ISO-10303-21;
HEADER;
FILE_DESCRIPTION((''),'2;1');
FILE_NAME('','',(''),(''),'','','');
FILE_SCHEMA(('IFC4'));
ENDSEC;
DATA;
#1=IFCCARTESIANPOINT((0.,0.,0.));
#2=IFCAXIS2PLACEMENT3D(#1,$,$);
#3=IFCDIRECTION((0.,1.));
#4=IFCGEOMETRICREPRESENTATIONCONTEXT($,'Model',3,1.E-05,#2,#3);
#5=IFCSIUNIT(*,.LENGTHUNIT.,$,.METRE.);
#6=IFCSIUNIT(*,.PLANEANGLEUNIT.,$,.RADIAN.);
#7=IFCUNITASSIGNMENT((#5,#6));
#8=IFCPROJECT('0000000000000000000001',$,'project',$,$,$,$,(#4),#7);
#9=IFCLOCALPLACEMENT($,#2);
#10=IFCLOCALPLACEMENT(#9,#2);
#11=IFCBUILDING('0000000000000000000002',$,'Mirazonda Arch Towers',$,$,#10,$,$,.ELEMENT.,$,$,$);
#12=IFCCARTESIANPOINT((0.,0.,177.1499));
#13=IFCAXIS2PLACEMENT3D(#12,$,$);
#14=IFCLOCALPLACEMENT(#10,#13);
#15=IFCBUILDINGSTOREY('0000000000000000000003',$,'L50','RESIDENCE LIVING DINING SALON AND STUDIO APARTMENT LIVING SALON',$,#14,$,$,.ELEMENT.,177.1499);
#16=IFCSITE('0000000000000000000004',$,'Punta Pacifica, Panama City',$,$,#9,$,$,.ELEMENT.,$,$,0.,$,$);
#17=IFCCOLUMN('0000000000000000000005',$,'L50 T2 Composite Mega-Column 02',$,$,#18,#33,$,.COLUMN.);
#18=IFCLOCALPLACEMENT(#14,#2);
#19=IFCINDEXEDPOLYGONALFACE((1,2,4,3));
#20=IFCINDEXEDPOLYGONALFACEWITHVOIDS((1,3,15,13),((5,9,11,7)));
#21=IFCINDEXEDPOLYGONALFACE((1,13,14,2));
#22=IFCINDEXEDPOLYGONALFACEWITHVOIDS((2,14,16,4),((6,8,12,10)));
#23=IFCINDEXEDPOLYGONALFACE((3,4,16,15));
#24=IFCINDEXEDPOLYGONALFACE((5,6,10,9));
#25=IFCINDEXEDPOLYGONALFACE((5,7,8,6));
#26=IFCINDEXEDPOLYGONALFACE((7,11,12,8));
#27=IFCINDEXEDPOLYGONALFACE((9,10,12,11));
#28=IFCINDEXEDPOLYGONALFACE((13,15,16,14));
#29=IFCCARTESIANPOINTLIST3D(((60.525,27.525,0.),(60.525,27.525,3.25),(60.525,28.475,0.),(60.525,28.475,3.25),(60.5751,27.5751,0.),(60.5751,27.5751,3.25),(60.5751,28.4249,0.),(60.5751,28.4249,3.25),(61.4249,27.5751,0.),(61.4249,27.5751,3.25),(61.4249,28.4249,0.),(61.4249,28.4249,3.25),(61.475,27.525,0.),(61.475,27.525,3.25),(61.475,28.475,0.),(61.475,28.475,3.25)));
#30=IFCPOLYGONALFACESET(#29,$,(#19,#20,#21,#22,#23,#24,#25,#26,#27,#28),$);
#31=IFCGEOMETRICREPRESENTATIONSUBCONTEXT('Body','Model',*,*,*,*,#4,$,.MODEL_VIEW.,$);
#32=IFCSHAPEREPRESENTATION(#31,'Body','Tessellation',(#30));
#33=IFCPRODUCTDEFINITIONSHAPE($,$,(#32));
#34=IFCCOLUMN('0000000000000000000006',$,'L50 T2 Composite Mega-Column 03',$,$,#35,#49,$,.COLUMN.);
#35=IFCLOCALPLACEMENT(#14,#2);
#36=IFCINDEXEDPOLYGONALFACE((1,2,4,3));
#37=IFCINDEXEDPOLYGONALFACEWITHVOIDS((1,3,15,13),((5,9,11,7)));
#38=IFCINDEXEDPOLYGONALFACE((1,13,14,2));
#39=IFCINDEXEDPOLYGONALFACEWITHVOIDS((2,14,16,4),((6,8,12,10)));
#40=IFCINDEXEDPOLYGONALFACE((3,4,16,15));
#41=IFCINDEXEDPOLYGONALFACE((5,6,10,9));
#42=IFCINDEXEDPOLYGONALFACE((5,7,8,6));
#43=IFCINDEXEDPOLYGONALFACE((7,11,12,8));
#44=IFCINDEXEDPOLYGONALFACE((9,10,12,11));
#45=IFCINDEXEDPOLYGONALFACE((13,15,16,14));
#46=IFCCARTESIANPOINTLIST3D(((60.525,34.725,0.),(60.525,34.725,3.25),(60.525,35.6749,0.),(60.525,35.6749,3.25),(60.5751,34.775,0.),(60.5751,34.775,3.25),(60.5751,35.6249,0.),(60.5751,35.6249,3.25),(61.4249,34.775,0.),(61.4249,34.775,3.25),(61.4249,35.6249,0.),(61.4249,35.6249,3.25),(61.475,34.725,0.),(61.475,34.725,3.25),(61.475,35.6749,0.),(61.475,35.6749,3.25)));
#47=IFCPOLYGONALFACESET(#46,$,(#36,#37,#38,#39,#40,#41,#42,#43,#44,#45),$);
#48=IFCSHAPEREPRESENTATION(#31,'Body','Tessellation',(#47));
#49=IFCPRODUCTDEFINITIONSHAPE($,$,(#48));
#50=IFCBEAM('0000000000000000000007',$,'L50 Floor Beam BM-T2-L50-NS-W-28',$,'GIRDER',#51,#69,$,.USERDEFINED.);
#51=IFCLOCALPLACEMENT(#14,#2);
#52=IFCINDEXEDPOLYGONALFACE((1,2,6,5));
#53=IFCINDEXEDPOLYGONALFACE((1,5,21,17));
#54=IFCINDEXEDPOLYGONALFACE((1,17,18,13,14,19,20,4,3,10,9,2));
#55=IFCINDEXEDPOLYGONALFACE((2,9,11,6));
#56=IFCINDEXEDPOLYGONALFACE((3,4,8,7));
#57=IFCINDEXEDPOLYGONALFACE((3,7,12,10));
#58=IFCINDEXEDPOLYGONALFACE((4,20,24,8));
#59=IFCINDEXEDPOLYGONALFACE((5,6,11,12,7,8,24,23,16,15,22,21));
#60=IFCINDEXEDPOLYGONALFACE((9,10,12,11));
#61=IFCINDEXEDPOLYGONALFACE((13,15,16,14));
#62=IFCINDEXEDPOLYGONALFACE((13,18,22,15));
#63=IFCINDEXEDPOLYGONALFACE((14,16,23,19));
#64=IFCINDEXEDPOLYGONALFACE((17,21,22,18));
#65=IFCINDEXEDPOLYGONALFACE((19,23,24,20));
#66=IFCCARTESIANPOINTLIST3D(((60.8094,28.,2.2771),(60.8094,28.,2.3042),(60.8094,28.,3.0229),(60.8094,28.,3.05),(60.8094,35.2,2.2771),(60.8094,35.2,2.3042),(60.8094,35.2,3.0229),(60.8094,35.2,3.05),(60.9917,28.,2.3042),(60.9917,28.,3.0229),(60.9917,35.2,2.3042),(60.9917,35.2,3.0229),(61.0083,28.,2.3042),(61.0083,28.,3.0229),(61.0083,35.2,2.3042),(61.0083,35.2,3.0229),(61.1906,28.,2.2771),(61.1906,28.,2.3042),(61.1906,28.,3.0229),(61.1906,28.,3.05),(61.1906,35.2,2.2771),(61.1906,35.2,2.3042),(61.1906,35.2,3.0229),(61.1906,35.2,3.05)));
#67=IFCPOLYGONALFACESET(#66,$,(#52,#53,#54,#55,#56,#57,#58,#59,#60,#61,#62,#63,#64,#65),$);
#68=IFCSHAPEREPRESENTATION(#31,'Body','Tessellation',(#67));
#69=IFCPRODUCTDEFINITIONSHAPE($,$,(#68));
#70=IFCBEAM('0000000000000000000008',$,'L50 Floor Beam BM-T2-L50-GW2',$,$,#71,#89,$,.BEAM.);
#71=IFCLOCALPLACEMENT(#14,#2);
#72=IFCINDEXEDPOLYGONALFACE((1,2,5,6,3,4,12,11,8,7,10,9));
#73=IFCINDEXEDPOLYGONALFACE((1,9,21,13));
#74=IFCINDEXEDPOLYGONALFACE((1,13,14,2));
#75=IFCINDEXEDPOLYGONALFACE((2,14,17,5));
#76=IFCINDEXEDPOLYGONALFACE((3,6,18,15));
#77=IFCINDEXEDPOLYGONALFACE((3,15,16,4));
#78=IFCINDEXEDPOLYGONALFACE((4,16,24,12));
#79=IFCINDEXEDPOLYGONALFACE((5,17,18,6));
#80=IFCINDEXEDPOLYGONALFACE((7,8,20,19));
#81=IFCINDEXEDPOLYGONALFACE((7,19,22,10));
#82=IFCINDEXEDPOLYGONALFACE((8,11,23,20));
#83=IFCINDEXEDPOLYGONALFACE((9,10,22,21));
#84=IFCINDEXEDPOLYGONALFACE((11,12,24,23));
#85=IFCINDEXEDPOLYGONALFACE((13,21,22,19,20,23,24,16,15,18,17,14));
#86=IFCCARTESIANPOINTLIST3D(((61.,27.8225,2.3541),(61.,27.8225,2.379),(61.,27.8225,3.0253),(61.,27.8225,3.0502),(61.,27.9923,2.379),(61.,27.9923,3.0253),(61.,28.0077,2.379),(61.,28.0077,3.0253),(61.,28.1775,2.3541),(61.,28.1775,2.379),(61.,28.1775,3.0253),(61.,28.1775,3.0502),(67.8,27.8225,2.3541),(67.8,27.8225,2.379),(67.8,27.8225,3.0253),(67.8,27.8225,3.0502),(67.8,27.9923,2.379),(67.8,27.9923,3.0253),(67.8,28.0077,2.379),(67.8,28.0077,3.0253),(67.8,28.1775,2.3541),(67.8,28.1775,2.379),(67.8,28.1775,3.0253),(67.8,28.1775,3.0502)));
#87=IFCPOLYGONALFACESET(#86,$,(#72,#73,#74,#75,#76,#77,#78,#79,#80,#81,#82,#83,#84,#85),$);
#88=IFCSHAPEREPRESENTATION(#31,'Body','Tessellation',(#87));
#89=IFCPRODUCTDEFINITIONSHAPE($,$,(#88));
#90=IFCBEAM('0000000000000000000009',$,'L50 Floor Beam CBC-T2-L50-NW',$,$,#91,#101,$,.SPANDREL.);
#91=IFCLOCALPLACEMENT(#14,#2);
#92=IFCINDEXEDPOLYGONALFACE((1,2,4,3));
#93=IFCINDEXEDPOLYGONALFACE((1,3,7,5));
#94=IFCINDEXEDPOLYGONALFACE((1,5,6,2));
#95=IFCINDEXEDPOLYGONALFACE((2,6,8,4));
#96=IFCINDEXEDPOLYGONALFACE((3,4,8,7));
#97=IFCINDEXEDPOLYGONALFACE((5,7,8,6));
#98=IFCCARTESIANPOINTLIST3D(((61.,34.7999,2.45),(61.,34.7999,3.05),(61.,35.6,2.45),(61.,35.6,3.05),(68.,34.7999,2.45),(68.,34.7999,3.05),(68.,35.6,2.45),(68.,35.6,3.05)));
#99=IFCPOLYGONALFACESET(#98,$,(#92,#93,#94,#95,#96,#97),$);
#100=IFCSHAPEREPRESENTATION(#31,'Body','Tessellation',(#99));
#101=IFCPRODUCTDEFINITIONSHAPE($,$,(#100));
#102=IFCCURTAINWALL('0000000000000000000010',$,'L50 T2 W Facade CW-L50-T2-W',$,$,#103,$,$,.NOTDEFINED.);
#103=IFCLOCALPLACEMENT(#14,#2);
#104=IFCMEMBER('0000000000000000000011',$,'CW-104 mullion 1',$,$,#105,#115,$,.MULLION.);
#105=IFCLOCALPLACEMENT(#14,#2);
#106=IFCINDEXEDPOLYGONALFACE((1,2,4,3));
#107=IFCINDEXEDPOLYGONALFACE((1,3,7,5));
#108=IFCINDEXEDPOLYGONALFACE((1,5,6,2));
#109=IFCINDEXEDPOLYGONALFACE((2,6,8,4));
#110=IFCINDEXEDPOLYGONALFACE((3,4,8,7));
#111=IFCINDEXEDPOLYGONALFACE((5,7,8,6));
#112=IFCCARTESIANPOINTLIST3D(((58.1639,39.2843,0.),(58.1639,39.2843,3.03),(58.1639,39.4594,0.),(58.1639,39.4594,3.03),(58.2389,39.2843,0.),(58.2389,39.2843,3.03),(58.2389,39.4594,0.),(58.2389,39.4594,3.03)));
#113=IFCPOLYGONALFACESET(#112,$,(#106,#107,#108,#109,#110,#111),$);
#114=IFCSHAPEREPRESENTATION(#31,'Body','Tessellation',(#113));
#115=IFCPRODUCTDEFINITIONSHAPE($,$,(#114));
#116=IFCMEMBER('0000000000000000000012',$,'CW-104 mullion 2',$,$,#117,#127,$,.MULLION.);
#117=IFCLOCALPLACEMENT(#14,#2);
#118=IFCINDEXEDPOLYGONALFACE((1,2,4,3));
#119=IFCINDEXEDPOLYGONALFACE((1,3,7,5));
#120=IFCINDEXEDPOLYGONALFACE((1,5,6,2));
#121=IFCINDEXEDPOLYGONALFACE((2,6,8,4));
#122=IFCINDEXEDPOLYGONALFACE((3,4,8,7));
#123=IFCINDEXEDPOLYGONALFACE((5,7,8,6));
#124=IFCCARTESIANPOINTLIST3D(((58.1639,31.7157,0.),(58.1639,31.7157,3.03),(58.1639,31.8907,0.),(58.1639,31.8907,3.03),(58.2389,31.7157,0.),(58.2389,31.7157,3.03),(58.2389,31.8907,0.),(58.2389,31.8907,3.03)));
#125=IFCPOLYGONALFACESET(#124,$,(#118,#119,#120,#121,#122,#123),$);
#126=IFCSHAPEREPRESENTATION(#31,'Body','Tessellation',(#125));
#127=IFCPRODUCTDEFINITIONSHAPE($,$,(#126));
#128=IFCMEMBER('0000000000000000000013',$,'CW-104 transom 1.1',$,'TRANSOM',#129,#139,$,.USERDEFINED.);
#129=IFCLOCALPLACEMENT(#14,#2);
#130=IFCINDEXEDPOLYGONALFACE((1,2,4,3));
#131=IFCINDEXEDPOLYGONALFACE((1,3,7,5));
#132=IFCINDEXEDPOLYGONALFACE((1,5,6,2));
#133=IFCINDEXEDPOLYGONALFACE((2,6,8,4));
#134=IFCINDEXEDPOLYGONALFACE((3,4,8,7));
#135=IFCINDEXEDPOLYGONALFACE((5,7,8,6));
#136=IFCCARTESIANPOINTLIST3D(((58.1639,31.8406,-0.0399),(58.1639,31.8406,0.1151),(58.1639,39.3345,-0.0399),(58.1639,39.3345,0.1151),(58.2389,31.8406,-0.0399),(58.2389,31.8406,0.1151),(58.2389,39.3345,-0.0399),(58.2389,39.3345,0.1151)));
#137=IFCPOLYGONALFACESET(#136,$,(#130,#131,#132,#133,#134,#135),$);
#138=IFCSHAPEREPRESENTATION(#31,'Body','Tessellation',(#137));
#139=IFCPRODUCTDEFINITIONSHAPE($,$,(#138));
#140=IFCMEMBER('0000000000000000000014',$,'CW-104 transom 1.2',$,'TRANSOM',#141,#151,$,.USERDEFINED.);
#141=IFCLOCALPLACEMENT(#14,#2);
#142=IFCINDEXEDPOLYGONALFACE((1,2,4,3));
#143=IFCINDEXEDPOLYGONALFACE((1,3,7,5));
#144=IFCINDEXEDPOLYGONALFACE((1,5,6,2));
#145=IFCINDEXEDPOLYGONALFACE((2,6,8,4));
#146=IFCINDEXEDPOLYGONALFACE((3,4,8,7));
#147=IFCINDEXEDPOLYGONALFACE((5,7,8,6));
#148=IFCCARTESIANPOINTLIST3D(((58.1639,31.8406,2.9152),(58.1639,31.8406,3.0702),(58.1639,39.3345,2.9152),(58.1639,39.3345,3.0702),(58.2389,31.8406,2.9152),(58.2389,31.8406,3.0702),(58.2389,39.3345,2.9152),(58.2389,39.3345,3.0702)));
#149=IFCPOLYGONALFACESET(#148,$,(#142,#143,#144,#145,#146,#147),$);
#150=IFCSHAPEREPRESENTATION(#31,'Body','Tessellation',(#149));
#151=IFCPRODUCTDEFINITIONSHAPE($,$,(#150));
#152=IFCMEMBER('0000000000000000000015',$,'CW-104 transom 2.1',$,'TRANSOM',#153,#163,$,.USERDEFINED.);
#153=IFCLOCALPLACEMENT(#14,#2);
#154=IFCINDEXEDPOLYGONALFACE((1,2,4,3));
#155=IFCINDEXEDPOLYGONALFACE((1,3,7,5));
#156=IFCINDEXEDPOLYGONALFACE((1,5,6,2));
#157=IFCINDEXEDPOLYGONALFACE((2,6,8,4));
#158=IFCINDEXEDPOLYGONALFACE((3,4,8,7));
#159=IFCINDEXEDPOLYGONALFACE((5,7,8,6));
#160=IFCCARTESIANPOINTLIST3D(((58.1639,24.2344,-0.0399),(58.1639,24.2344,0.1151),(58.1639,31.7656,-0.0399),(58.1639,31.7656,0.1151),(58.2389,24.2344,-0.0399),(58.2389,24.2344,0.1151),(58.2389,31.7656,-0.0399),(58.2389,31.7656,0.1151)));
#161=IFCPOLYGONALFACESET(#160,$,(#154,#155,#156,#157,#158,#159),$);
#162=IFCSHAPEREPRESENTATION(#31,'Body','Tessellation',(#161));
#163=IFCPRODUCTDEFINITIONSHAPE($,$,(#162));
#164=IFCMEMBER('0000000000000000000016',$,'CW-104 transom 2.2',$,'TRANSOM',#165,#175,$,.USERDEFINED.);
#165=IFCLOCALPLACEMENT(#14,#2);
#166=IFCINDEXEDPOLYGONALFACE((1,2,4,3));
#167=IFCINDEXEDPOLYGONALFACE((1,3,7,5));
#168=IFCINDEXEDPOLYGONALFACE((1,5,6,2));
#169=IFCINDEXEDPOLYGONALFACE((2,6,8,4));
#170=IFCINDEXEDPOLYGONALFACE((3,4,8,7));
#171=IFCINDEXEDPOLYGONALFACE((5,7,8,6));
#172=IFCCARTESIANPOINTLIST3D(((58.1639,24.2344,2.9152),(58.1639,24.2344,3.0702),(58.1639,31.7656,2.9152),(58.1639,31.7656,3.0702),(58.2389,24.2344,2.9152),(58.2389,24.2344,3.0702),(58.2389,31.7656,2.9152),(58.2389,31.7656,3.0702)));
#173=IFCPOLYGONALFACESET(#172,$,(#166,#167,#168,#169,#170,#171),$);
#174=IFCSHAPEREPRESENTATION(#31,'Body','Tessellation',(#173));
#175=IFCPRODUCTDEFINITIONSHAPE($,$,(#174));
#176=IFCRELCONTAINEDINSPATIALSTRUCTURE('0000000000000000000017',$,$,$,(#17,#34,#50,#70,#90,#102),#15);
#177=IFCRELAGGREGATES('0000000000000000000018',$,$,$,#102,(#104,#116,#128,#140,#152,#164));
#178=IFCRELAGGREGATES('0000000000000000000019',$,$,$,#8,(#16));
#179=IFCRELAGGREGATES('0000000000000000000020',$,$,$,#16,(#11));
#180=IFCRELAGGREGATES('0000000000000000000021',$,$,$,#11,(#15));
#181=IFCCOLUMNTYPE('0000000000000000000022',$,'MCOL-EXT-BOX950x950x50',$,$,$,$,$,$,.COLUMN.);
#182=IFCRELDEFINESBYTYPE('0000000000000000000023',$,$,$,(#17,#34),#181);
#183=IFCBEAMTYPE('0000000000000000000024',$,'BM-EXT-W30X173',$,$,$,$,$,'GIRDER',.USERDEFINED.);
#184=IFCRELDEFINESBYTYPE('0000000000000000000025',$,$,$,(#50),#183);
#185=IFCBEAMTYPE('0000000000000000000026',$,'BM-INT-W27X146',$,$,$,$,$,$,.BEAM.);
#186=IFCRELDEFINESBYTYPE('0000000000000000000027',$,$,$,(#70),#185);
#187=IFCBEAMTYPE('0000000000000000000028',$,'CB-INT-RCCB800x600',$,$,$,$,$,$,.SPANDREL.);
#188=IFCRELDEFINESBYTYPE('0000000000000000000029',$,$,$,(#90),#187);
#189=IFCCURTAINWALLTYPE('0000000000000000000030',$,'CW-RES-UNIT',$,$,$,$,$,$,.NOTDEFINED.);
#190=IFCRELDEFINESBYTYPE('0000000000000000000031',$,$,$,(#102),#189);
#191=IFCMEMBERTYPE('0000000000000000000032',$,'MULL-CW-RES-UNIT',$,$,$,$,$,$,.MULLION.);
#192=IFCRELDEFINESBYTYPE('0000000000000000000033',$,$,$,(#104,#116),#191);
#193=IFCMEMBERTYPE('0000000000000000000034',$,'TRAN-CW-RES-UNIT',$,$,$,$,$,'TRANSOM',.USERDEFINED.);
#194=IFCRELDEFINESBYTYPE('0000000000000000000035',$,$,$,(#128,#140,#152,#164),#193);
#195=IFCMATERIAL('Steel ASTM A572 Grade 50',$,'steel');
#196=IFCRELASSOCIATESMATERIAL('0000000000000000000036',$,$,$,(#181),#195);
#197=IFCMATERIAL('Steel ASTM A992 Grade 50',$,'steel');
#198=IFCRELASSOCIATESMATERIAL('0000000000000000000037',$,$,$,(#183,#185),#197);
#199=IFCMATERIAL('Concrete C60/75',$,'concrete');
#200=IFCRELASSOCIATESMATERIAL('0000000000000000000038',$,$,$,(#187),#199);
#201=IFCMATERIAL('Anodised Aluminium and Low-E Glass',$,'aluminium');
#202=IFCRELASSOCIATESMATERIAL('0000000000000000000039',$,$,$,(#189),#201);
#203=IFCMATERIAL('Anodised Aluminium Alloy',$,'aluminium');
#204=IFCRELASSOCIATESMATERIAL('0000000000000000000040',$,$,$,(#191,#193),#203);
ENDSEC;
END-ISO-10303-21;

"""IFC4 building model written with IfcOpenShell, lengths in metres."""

from ifc_helpers import new_model, si_unit, direction, frame, origin, origin_2d, place, context, subcontext, project, spatial, rectangle, hollow_rectangle, i_section, extrude, material, material_profile, profile_set, type_object, element, aggregate, save


model = new_model("IFC4")

# Units and contexts
model_context = context("Model", 3, precision=1e-05, world=origin(), true_north=direction((0.0, 1.0)))
body_context = subcontext(model_context, "Body", "Model", "MODEL_VIEW")
ifc_project = project(units=[si_unit("LENGTHUNIT", "METRE"), si_unit("PLANEANGLEUNIT", "RADIAN")], contexts=[model_context])

# Site, building, storey
site_placement = place(None, origin())
site = spatial("IfcSite", under=ifc_project, at=site_placement, Name="Punta Pacifica, Panama City", CompositionType="ELEMENT", RefElevation=0.0)
building_placement = place(site_placement, origin())
building = spatial("IfcBuilding", under=site, at=building_placement, Name="Mirazonda Arch Towers", CompositionType="ELEMENT")
storey_placement = place(building_placement, frame((0.0, 0.0, 177.1499)))
storey = spatial("IfcBuildingStorey", under=building, at=storey_placement, Name="L50", Description="RESIDENCE LIVING DINING SALON AND STUDIO APARTMENT LIVING SALON", CompositionType="ELEMENT", Elevation=177.1499)

# Columns
ifc_material_1 = material(Name="Steel ASTM A572 Grade 50", Category="steel")
ifc_material_profile_1 = material_profile(ifc_material_1, hollow_rectangle(XDim=0.95, YDim=0.95, WallThickness=0.05, at=origin_2d()), Name="BOX950x950x50")
ifc_profile_set_1 = profile_set([ifc_material_profile_1], Name="Steel ASTM A572 Grade 50")
column_type = type_object("IfcColumnType", Name="MCOL-EXT-BOX950x950x50", PredefinedType="COLUMN", material=ifc_profile_set_1)
for number, where, z_axis, x_axis, name in (
    (1, (61.0, 28.0, 0.0), (0.0, 0.0, 1.0), (1.0, 0.0, 0.0), "L50 T2 Composite Mega-Column 02"),
    (2, (61.0, 35.2, 0.0), (0.0, 0.0, 1.0), (1.0, 0.0, 0.0), "L50 T2 Composite Mega-Column 03"),
):
    element("IfcColumn", number, at=place(storey_placement, frame(where, z_axis=z_axis, x_axis=x_axis)), inside=storey, type_object=column_type, Name=name, PredefinedType="COLUMN", context=body_context, shape_type="SweptSolid", body=[
        extrude(hollow_rectangle(XDim=0.95, YDim=0.95, WallThickness=0.05, at=origin_2d()), origin(), (0.0, 0.0, 1.0), 3.25),
    ])

# Beams
ifc_material_2 = material(Name="Steel ASTM A992 Grade 50", Category="steel")
ifc_material_profile_2 = material_profile(ifc_material_2, i_section(OverallWidth=0.3811, OverallDepth=0.7729, WebThickness=0.0166, FlangeThickness=0.0271, at=origin_2d()), Name="W30X173")
ifc_profile_set_2 = profile_set([ifc_material_profile_2], Name="Steel ASTM A992 Grade 50")
beam_type_1 = type_object("IfcBeamType", Name="BM-EXT-W30X173", ElementType="GIRDER", PredefinedType="USERDEFINED", material=ifc_profile_set_2)
beam_1_placement = place(storey_placement, frame((61.0, 28.0, 2.6636), z_axis=(0.0, 1.0, 0.0), x_axis=(-1.0, 0.0, 0.0)))
element("IfcBeam", 3, at=beam_1_placement, inside=storey, type_object=beam_type_1, Name="L50 Floor Beam BM-T2-L50-NS-W-28", ObjectType="GIRDER", PredefinedType="USERDEFINED", context=body_context, shape_type="SweptSolid", body=[
    extrude(i_section(OverallWidth=0.3811, OverallDepth=0.7729, WebThickness=0.0166, FlangeThickness=0.0271, at=origin_2d()), origin(), (0.0, 0.0, 1.0), 7.2),
])
ifc_material_profile_3 = material_profile(ifc_material_2, i_section(OverallWidth=0.355, OverallDepth=0.696, WebThickness=0.0154, FlangeThickness=0.0249, at=origin_2d()), Name="W27X146")
ifc_profile_set_3 = profile_set([ifc_material_profile_3], Name="Steel ASTM A992 Grade 50")
beam_type_2 = type_object("IfcBeamType", Name="BM-INT-W27X146", PredefinedType="BEAM", material=ifc_profile_set_3)
beam_2_placement = place(storey_placement, frame((61.0, 28.0, 2.7021), z_axis=(1.0, 0.0, 0.0), x_axis=(0.0, 1.0, 0.0)))
element("IfcBeam", 4, at=beam_2_placement, inside=storey, type_object=beam_type_2, Name="L50 Floor Beam BM-T2-L50-GW2", PredefinedType="BEAM", context=body_context, shape_type="SweptSolid", body=[
    extrude(i_section(OverallWidth=0.355, OverallDepth=0.696, WebThickness=0.0154, FlangeThickness=0.0249, at=origin_2d()), origin(), (0.0, 0.0, 1.0), 6.8),
])
ifc_material_3 = material(Name="Concrete C60/75", Category="concrete")
ifc_material_profile_4 = material_profile(ifc_material_3, rectangle(XDim=0.8, YDim=0.6001, at=origin_2d()), Name="RCCB800x600")
ifc_profile_set_4 = profile_set([ifc_material_profile_4], Name="Concrete C60/75")
beam_type_3 = type_object("IfcBeamType", Name="CB-INT-RCCB800x600", PredefinedType="SPANDREL", material=ifc_profile_set_4)
beam_3_placement = place(storey_placement, frame((61.0, 35.2, 2.75), z_axis=(1.0, 0.0, 0.0), x_axis=(0.0, 1.0, 0.0)))
element("IfcBeam", 5, at=beam_3_placement, inside=storey, type_object=beam_type_3, Name="L50 Floor Beam CBC-T2-L50-NW", PredefinedType="SPANDREL", context=body_context, shape_type="SweptSolid", body=[
    extrude(rectangle(XDim=0.8, YDim=0.6001, at=origin_2d()), origin(), (0.0, 0.0, 1.0), 7.0),
])

# Curtain wall, members
ifc_material_4 = material(Name="Anodised Aluminium and Low-E Glass", Category="aluminium")
curtain_wall_type = type_object("IfcCurtainWallType", Name="CW-RES-UNIT", PredefinedType="NOTDEFINED", material=ifc_material_4)
curtain_wall_placement = place(storey_placement, origin())
curtain_wall = element("IfcCurtainWall", 6, at=curtain_wall_placement, inside=storey, type_object=curtain_wall_type, Name="L50 T2 W Facade CW-L50-T2-W", PredefinedType="NOTDEFINED")
ifc_material_5 = material(Name="Anodised Aluminium Alloy", Category="aluminium")
ifc_material_profile_5 = material_profile(ifc_material_5, rectangle(XDim=0.075, YDim=0.175, at=origin_2d()), Name="ALU-MULL-75x175")
ifc_profile_set_5 = profile_set([ifc_material_profile_5], Name="Anodised Aluminium Alloy")
member_type_1 = type_object("IfcMemberType", Name="MULL-CW-RES-UNIT", PredefinedType="MULLION", material=ifc_profile_set_5)
member_1_placement = place(storey_placement, frame((58.2014, 39.3718, 0.0), z_axis=(0.0, 0.0, 1.0), x_axis=(1.0, 0.0, 0.0)))
member_1 = element("IfcMember", 7, at=member_1_placement, type_object=member_type_1, Name="CW-104 mullion 1", PredefinedType="MULLION", context=body_context, shape_type="SweptSolid", body=[
    extrude(rectangle(XDim=0.075, YDim=0.175, at=origin_2d()), origin(), (0.0, 0.0, 1.0), 3.03),
])
member_2_placement = place(storey_placement, frame((58.2014, 31.8032, 0.0), z_axis=(0.0, 0.0, 1.0), x_axis=(1.0, 0.0, 0.0)))
member_2 = element("IfcMember", 8, at=member_2_placement, type_object=member_type_1, Name="CW-104 mullion 2", PredefinedType="MULLION", context=body_context, shape_type="SweptSolid", body=[
    extrude(rectangle(XDim=0.075, YDim=0.175, at=origin_2d()), origin(), (0.0, 0.0, 1.0), 3.03),
])
ifc_material_profile_6 = material_profile(ifc_material_5, rectangle(XDim=0.075, YDim=0.155, at=origin_2d()), Name="ALU-TRAN-75x155")
ifc_profile_set_6 = profile_set([ifc_material_profile_6], Name="Anodised Aluminium Alloy")
member_type_2 = type_object("IfcMemberType", Name="TRAN-CW-RES-UNIT", ElementType="TRANSOM", PredefinedType="USERDEFINED", material=ifc_profile_set_6)
member_3_placement = place(storey_placement, frame((58.2014, 39.3345, 0.0376), z_axis=(0.0, -1.0, 0.0), x_axis=(1.0, 0.0, 0.0)))
member_3 = element("IfcMember", 9, at=member_3_placement, type_object=member_type_2, Name="CW-104 transom 1.1", ObjectType="TRANSOM", PredefinedType="USERDEFINED", context=body_context, shape_type="SweptSolid", body=[
    extrude(rectangle(XDim=0.075, YDim=0.155, at=origin_2d()), origin(), (0.0, 0.0, 1.0), 7.4939),
])
member_4_placement = place(storey_placement, frame((58.2014, 39.3345, 2.9927), z_axis=(0.0, -1.0, 0.0), x_axis=(1.0, 0.0, 0.0)))
member_4 = element("IfcMember", 10, at=member_4_placement, type_object=member_type_2, Name="CW-104 transom 1.2", ObjectType="TRANSOM", PredefinedType="USERDEFINED", context=body_context, shape_type="SweptSolid", body=[
    extrude(rectangle(XDim=0.075, YDim=0.155, at=origin_2d()), origin(), (0.0, 0.0, 1.0), 7.4939),
])
member_5_placement = place(storey_placement, frame((58.2014, 31.7656, 0.0376), z_axis=(0.0, -1.0, 0.0), x_axis=(1.0, 0.0, 0.0)))
member_5 = element("IfcMember", 11, at=member_5_placement, type_object=member_type_2, Name="CW-104 transom 2.1", ObjectType="TRANSOM", PredefinedType="USERDEFINED", context=body_context, shape_type="SweptSolid", body=[
    extrude(rectangle(XDim=0.075, YDim=0.155, at=origin_2d()), origin(), (0.0, 0.0, 1.0), 7.5312),
])
member_6_placement = place(storey_placement, frame((58.2014, 31.7656, 2.9927), z_axis=(0.0, -1.0, 0.0), x_axis=(1.0, 0.0, 0.0)))
member_6 = element("IfcMember", 12, at=member_6_placement, type_object=member_type_2, Name="CW-104 transom 2.2", ObjectType="TRANSOM", PredefinedType="USERDEFINED", context=body_context, shape_type="SweptSolid", body=[
    extrude(rectangle(XDim=0.075, YDim=0.155, at=origin_2d()), origin(), (0.0, 0.0, 1.0), 7.5312),
])
aggregate(curtain_wall, [member_1, member_2, member_3, member_4, member_5, member_6])

save(model, "model.ifc")
